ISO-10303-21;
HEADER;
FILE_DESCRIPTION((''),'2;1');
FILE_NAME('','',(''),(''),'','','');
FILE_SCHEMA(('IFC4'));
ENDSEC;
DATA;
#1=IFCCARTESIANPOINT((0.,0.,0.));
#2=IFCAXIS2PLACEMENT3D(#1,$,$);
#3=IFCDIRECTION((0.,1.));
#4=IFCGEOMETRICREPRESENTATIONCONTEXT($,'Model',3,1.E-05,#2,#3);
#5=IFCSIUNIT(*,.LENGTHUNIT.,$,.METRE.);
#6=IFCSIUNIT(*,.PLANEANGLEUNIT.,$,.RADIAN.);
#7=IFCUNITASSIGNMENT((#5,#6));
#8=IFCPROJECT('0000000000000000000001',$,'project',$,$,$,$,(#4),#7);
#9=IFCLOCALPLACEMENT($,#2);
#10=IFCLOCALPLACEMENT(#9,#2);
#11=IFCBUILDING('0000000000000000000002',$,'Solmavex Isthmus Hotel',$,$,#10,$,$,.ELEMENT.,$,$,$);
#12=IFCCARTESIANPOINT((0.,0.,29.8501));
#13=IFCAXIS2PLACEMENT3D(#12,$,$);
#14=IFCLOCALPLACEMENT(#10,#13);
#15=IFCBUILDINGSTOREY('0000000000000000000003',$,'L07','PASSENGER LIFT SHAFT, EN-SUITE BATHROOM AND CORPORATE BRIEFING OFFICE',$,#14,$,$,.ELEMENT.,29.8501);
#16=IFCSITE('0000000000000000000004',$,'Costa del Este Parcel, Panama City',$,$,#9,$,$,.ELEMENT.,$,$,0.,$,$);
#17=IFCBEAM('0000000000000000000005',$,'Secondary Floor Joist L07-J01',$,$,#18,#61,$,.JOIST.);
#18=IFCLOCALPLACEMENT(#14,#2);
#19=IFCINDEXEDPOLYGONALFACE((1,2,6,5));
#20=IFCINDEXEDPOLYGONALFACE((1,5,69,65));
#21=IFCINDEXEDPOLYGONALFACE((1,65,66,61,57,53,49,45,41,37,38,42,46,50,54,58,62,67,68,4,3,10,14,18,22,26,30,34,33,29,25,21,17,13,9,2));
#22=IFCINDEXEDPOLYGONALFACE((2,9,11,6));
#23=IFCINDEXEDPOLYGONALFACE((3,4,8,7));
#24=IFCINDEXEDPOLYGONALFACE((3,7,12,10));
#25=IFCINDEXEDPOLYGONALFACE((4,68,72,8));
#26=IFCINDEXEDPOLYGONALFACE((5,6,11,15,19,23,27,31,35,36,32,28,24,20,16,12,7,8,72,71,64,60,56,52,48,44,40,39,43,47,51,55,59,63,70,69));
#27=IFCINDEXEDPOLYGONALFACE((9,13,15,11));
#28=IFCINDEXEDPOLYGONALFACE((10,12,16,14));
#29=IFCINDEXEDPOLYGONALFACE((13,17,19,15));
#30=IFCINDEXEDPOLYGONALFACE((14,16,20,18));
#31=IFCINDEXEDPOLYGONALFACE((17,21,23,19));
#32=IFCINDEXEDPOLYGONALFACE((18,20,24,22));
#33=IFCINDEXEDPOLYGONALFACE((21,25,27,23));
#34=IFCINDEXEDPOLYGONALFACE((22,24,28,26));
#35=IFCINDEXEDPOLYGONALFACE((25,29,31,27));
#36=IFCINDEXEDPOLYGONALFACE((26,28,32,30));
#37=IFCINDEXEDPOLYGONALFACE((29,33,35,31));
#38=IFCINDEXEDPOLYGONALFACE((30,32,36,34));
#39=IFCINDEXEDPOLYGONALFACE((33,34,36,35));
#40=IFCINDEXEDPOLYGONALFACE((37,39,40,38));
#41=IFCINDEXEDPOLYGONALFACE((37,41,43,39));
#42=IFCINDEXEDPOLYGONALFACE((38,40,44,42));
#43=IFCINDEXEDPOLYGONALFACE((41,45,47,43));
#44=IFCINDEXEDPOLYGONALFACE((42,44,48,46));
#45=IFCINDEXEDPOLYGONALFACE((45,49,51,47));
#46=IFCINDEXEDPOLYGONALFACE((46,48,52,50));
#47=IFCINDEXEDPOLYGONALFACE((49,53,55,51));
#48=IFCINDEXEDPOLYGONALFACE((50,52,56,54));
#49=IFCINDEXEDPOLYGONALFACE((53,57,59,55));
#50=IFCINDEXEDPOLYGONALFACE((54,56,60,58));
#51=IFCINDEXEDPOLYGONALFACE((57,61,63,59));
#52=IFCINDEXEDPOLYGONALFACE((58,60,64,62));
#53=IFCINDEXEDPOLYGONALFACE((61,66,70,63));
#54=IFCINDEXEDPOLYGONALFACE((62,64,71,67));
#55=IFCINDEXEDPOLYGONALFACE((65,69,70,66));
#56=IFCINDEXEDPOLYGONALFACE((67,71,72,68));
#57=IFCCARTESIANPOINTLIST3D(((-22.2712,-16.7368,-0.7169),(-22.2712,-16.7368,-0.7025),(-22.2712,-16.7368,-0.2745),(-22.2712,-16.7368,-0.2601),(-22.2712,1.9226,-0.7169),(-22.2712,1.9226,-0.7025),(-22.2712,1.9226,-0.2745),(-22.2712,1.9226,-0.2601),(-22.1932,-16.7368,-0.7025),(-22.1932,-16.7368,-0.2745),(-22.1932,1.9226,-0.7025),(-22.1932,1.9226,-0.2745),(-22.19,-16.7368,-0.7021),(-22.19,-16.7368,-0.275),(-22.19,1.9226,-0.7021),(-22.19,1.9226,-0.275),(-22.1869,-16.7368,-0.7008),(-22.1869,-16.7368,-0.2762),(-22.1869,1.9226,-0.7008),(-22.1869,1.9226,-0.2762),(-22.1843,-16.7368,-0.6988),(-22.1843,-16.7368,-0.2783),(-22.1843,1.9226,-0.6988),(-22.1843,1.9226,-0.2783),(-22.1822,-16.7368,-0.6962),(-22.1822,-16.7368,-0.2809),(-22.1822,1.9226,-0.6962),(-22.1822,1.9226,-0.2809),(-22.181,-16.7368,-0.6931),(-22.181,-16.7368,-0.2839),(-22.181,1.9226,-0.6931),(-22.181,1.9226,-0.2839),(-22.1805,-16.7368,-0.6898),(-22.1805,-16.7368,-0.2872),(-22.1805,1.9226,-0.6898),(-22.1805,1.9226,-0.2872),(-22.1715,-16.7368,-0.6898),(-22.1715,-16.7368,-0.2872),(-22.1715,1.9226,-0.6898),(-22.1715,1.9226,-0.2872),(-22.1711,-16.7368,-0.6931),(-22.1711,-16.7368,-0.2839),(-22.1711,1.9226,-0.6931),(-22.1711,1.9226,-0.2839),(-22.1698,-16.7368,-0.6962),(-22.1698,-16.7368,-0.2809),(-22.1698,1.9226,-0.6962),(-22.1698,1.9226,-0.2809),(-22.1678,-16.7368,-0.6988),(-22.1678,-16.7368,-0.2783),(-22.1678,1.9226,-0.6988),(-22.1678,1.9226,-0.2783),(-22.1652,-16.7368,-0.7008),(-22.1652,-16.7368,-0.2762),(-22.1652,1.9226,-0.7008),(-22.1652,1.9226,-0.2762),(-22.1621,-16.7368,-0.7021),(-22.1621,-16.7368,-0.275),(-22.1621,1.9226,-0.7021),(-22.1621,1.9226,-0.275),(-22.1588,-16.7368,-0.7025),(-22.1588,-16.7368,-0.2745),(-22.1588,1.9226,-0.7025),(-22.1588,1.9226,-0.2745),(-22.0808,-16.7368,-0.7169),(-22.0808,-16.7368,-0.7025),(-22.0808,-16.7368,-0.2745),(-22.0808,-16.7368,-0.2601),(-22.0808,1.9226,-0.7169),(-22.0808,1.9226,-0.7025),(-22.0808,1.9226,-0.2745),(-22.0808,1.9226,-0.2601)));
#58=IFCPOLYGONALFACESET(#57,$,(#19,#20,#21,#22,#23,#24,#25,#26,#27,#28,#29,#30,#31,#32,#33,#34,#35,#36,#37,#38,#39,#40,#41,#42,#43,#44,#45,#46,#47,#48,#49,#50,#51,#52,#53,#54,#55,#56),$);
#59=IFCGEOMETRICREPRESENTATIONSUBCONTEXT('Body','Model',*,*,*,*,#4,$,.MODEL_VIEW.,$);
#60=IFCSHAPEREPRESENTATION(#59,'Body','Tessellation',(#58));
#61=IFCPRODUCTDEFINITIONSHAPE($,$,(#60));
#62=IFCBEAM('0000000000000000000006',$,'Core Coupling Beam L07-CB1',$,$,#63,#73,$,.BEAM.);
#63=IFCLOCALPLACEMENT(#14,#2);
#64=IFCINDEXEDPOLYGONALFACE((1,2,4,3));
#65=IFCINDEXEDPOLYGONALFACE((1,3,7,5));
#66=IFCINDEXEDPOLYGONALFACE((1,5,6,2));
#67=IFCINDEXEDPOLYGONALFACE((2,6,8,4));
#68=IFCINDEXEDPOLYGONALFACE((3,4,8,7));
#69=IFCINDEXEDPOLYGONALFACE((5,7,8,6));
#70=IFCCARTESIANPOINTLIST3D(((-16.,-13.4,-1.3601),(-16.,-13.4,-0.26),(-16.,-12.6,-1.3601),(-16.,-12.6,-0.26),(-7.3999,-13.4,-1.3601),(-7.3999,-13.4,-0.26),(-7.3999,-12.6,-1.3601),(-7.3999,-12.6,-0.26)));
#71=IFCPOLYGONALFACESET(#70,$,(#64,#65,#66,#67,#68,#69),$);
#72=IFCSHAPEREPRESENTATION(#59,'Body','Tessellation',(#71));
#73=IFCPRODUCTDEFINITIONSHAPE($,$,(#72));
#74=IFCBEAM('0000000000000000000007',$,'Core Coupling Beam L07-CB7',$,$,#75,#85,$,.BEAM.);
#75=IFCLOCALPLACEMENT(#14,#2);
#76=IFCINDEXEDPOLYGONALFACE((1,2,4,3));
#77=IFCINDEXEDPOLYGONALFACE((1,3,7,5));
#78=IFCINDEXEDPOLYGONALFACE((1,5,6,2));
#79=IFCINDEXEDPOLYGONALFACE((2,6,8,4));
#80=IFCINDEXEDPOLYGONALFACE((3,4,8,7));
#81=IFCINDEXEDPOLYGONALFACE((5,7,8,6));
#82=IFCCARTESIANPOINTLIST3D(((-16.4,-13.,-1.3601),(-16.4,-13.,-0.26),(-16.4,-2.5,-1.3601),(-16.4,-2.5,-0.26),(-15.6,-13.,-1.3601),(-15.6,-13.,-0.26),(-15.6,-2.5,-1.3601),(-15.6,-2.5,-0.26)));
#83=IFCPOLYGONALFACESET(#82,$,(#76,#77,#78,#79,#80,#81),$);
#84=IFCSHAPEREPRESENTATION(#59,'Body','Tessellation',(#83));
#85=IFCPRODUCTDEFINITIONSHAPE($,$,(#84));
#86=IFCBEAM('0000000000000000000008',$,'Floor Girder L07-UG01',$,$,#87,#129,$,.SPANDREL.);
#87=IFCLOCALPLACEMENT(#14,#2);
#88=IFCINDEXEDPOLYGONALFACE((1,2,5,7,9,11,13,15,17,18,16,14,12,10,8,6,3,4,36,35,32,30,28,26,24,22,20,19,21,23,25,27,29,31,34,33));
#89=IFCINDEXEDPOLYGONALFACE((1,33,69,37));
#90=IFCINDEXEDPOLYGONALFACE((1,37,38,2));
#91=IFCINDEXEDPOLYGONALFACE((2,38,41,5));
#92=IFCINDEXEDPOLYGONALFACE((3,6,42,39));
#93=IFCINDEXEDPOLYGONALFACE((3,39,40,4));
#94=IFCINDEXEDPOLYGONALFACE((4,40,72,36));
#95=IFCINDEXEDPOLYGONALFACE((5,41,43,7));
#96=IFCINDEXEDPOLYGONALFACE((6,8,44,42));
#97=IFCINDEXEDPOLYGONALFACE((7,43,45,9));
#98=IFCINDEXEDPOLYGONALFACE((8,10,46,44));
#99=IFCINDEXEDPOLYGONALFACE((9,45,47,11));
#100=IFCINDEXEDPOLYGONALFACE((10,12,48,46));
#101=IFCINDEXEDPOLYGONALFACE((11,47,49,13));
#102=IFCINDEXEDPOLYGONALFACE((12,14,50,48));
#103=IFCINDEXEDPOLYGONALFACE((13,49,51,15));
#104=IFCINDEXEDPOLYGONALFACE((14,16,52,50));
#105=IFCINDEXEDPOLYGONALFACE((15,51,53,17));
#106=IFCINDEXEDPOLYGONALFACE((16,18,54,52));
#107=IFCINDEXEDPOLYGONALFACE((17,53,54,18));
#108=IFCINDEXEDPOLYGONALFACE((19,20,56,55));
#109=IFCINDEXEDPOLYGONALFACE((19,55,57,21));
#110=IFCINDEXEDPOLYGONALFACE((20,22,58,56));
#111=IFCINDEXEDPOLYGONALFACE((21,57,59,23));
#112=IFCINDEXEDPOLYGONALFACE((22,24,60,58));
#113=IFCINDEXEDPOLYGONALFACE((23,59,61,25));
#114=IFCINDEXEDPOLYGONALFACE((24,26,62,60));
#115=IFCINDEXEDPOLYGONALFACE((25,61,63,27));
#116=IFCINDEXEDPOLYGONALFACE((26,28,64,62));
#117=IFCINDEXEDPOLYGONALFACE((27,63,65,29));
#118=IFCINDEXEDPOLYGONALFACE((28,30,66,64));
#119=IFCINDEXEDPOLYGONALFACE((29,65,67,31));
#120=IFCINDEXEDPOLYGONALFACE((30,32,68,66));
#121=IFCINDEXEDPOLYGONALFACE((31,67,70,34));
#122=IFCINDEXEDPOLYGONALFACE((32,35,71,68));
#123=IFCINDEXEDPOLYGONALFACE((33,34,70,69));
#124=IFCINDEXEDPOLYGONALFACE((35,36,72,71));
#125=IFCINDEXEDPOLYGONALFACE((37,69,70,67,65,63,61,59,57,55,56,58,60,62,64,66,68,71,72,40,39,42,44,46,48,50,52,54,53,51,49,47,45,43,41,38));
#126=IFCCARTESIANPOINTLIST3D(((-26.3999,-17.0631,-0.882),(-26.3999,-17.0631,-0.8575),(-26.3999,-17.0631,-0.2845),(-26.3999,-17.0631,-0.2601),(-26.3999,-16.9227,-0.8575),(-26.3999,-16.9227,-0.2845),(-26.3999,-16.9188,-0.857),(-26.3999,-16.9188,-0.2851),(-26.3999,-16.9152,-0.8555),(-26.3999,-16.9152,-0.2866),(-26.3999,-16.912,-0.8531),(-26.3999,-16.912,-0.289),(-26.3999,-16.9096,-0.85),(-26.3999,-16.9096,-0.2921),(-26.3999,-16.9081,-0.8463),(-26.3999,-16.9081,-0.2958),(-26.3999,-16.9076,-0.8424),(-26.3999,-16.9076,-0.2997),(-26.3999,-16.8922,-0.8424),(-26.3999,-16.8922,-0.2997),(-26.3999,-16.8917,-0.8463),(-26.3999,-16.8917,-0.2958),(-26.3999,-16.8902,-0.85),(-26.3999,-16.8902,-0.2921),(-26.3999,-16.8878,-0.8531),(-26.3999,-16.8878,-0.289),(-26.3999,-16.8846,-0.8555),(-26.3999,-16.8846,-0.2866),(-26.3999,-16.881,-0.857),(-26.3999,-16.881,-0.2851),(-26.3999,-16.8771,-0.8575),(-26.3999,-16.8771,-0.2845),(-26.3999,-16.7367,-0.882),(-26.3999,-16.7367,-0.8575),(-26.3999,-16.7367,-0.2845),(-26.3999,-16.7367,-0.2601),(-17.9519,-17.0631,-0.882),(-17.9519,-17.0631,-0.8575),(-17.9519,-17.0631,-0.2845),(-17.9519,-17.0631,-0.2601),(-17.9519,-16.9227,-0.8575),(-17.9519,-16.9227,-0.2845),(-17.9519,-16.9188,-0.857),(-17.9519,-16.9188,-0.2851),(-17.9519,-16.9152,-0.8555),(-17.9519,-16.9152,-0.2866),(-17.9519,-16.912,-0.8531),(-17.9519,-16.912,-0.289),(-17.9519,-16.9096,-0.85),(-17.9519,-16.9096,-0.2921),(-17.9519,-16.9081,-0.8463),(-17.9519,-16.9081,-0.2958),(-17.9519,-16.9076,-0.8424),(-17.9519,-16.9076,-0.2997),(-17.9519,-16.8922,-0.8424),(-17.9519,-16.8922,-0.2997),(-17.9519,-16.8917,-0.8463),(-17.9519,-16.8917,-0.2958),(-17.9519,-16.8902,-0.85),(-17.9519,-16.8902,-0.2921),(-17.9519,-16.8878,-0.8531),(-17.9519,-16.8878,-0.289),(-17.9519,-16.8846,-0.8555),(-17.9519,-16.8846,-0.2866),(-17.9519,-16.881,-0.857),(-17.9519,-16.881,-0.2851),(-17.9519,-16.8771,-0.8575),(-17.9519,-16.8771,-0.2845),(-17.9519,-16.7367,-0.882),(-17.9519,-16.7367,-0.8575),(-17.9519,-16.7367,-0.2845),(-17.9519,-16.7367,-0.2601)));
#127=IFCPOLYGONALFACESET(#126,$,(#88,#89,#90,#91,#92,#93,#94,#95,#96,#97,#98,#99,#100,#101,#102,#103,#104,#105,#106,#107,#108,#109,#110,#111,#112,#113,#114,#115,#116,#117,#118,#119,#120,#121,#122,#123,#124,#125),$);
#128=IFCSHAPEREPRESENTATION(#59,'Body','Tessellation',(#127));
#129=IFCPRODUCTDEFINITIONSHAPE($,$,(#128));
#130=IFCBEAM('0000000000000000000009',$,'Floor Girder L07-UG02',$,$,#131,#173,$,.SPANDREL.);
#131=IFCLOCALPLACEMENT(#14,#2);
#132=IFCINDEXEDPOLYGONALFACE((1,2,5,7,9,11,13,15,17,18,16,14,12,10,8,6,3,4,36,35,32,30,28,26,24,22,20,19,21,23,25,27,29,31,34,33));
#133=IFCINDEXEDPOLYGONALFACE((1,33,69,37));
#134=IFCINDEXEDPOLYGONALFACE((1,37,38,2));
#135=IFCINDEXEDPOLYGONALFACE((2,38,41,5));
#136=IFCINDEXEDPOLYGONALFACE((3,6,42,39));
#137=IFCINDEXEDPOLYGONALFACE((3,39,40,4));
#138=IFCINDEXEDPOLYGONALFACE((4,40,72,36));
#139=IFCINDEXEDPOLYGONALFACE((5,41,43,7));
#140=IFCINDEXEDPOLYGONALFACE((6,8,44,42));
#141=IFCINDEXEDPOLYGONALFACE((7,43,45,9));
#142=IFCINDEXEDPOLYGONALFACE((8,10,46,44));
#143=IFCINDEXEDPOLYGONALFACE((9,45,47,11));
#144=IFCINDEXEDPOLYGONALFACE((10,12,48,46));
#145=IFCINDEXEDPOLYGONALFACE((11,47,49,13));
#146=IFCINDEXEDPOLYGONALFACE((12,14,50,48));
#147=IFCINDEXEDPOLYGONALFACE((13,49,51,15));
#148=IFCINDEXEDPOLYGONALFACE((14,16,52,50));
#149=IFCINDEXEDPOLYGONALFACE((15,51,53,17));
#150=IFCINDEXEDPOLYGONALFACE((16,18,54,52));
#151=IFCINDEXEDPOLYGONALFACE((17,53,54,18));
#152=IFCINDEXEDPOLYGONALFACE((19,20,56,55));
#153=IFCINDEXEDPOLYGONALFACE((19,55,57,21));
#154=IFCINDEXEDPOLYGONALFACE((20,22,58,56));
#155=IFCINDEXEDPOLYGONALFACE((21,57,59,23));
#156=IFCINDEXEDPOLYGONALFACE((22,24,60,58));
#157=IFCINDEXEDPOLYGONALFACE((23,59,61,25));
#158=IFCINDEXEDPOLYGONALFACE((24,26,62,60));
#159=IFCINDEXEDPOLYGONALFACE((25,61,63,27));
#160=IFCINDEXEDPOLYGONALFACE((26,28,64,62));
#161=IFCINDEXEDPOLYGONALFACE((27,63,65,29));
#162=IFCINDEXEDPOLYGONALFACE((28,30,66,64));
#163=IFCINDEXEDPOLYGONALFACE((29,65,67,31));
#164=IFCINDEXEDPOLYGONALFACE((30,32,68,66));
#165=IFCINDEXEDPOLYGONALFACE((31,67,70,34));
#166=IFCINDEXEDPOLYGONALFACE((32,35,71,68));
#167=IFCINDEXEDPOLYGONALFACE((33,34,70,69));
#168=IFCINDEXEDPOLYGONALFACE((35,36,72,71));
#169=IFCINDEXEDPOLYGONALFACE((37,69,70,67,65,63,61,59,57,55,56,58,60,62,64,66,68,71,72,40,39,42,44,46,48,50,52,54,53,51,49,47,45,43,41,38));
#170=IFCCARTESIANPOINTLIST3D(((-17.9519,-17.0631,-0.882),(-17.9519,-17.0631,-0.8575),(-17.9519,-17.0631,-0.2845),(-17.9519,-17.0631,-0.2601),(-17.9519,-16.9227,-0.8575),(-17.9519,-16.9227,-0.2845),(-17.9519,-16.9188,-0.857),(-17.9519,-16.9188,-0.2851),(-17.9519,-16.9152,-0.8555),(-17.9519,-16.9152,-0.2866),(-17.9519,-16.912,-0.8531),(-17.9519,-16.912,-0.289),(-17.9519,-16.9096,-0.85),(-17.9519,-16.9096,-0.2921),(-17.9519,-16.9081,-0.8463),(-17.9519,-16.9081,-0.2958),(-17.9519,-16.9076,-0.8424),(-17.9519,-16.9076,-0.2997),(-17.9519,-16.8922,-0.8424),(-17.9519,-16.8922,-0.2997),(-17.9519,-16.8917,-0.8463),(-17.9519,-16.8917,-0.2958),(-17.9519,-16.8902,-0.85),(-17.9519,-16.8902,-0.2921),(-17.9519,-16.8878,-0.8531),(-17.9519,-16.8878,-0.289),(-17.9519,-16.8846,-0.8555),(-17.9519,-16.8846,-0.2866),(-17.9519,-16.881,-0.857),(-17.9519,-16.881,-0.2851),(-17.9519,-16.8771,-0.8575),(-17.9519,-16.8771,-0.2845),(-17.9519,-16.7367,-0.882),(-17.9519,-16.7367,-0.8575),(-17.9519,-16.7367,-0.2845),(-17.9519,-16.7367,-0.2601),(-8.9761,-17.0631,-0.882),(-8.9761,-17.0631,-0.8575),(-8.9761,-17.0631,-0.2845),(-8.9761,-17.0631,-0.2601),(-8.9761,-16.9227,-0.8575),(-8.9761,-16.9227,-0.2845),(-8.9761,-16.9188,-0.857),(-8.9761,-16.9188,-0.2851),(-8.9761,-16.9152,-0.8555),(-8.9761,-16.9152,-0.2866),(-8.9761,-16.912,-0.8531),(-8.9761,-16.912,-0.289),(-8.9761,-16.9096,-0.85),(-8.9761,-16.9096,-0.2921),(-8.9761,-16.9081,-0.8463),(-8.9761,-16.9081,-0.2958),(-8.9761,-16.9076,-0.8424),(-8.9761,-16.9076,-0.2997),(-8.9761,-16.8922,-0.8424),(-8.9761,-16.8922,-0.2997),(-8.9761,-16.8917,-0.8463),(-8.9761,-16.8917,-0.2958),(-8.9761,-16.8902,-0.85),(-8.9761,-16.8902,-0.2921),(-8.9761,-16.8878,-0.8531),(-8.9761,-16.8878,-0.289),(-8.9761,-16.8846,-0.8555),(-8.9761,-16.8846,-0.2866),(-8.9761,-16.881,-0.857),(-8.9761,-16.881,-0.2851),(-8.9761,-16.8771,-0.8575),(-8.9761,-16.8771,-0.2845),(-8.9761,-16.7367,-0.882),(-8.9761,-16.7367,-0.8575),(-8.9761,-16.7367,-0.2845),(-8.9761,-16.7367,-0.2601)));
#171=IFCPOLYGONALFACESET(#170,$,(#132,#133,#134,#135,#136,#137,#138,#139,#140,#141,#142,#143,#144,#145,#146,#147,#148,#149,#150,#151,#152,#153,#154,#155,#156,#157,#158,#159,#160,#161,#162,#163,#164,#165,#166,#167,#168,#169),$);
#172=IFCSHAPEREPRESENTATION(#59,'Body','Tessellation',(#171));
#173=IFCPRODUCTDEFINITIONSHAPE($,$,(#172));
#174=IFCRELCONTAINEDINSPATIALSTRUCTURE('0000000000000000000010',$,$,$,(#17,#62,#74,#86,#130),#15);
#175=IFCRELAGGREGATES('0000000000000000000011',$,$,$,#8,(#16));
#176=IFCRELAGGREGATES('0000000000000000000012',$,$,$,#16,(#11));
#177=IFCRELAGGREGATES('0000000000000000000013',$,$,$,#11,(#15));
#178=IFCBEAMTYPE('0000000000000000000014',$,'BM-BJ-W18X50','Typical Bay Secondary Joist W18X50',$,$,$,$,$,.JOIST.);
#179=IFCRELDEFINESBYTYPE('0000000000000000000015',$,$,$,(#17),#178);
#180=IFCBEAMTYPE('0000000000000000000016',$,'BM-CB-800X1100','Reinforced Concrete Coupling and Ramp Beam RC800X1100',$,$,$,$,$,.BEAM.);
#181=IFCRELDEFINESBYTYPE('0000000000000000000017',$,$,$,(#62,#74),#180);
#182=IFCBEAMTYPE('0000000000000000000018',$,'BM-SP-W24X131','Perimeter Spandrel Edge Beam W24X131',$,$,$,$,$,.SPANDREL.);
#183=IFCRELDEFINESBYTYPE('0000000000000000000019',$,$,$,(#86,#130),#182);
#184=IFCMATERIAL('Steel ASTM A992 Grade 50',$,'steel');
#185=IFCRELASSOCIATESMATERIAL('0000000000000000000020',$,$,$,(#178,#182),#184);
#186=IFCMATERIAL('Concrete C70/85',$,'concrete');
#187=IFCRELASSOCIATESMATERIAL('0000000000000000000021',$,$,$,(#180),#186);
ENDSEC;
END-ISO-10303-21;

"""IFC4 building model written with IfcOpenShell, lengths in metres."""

from ifc_helpers import new_model, si_unit, direction, frame, origin, origin_2d, place, context, subcontext, project, spatial, rectangle, i_section, extrude, material, material_profile, profile_set, type_object, element, save


model = new_model("IFC4")

# Units and contexts
model_context = context("Model", 3, precision=1e-05, world=origin(), true_north=direction((0.0, 1.0)))
body_context = subcontext(model_context, "Body", "Model", "MODEL_VIEW")
ifc_project = project(units=[si_unit("LENGTHUNIT", "METRE"), si_unit("PLANEANGLEUNIT", "RADIAN")], contexts=[model_context])

# Site, building, storey
site_placement = place(None, origin())
site = spatial("IfcSite", under=ifc_project, at=site_placement, Name="Costa del Este Parcel, Panama City", CompositionType="ELEMENT", RefElevation=0.0)
building_placement = place(site_placement, origin())
building = spatial("IfcBuilding", under=site, at=building_placement, Name="Solmavex Isthmus Hotel", CompositionType="ELEMENT")
storey_placement = place(building_placement, frame((0.0, 0.0, 29.8501)))
storey = spatial("IfcBuildingStorey", under=building, at=storey_placement, Name="L07", Description="PASSENGER LIFT SHAFT, EN-SUITE BATHROOM AND CORPORATE BRIEFING OFFICE", CompositionType="ELEMENT", Elevation=29.8501)

# Shared definitions
ifc_material_1 = material(Name="Concrete C70/85", Category="concrete")

# Beams
ifc_material_2 = material(Name="Steel ASTM A992 Grade 50", Category="steel")
ifc_material_profile_1 = material_profile(ifc_material_2, i_section(OverallWidth=0.1904, OverallDepth=0.4568, WebThickness=0.009, FlangeThickness=0.0144, FilletRadius=0.0127, at=origin_2d()), Name="W18X50")
ifc_profile_set_1 = profile_set([ifc_material_profile_1], Name="Steel ASTM A992 Grade 50")
beam_type_1 = type_object("IfcBeamType", Name="BM-BJ-W18X50", Description="Typical Bay Secondary Joist W18X50", PredefinedType="JOIST", material=ifc_profile_set_1)
beam_1_placement = place(storey_placement, frame((-22.176, -16.7368, -0.4885), z_axis=(0.0, 1.0, 0.0), x_axis=(-1.0, 0.0, 0.0)))
element("IfcBeam", 1, at=beam_1_placement, inside=storey, type_object=beam_type_1, Name="Secondary Floor Joist L07-J01", PredefinedType="JOIST", context=body_context, shape_type="SweptSolid", body=[
    extrude(i_section(OverallWidth=0.1904, OverallDepth=0.4568, WebThickness=0.009, FlangeThickness=0.0144, FilletRadius=0.0127, at=origin_2d()), origin(), (0.0, 0.0, 1.0), 18.6594),
])
ifc_material_profile_2 = material_profile(ifc_material_1, rectangle(XDim=0.8, YDim=1.1001, at=origin_2d()), Name="RC800X1100")
ifc_profile_set_2 = profile_set([ifc_material_profile_2], Name="Concrete C70/85")
beam_type_2 = type_object("IfcBeamType", Name="BM-CB-800X1100", Description="Reinforced Concrete Coupling and Ramp Beam RC800X1100", PredefinedType="BEAM", material=ifc_profile_set_2)
beam_2_placement = place(storey_placement, frame((-16.0, -13.0, -0.8101), z_axis=(1.0, 0.0, 0.0), x_axis=(0.0, 1.0, 0.0)))
element("IfcBeam", 2, at=beam_2_placement, inside=storey, type_object=beam_type_2, Name="Core Coupling Beam L07-CB1", PredefinedType="BEAM", context=body_context, shape_type="SweptSolid", body=[
    extrude(rectangle(XDim=0.8, YDim=1.1001, at=origin_2d()), origin(), (0.0, 0.0, 1.0), 8.6001),
])
beam_3_placement = place(storey_placement, frame((-16.0, -13.0, -0.8101), z_axis=(0.0, 1.0, 0.0), x_axis=(-1.0, 0.0, 0.0)))
element("IfcBeam", 3, at=beam_3_placement, inside=storey, type_object=beam_type_2, Name="Core Coupling Beam L07-CB7", PredefinedType="BEAM", context=body_context, shape_type="SweptSolid", body=[
    extrude(rectangle(XDim=0.8, YDim=1.1001, at=origin_2d()), origin(), (0.0, 0.0, 1.0), 10.5),
])
ifc_material_profile_3 = material_profile(ifc_material_2, i_section(OverallWidth=0.3264, OverallDepth=0.6218, WebThickness=0.0154, FlangeThickness=0.0244, FilletRadius=0.0151, at=origin_2d()), Name="W24X131")
ifc_profile_set_3 = profile_set([ifc_material_profile_3], Name="Steel ASTM A992 Grade 50")
beam_type_3 = type_object("IfcBeamType", Name="BM-SP-W24X131", Description="Perimeter Spandrel Edge Beam W24X131", PredefinedType="SPANDREL", material=ifc_profile_set_3)
beam_4_placement = place(storey_placement, frame((-26.3999, -16.8999, -0.571), z_axis=(1.0, 0.0, 0.0), x_axis=(0.0, 1.0, 0.0)))
element("IfcBeam", 4, at=beam_4_placement, inside=storey, type_object=beam_type_3, Name="Floor Girder L07-UG01", PredefinedType="SPANDREL", context=body_context, shape_type="SweptSolid", body=[
    extrude(i_section(OverallWidth=0.3264, OverallDepth=0.6218, WebThickness=0.0154, FlangeThickness=0.0244, FilletRadius=0.0151, at=origin_2d()), origin(), (0.0, 0.0, 1.0), 8.448),
])
beam_5_placement = place(storey_placement, frame((-17.9519, -16.8999, -0.571), z_axis=(1.0, 0.0, 0.0), x_axis=(0.0, 1.0, 0.0)))
element("IfcBeam", 5, at=beam_5_placement, inside=storey, type_object=beam_type_3, Name="Floor Girder L07-UG02", PredefinedType="SPANDREL", context=body_context, shape_type="SweptSolid", body=[
    extrude(i_section(OverallWidth=0.3264, OverallDepth=0.6218, WebThickness=0.0154, FlangeThickness=0.0244, FilletRadius=0.0151, at=origin_2d()), origin(), (0.0, 0.0, 1.0), 8.9758),
])

save(model, "model.ifc")
